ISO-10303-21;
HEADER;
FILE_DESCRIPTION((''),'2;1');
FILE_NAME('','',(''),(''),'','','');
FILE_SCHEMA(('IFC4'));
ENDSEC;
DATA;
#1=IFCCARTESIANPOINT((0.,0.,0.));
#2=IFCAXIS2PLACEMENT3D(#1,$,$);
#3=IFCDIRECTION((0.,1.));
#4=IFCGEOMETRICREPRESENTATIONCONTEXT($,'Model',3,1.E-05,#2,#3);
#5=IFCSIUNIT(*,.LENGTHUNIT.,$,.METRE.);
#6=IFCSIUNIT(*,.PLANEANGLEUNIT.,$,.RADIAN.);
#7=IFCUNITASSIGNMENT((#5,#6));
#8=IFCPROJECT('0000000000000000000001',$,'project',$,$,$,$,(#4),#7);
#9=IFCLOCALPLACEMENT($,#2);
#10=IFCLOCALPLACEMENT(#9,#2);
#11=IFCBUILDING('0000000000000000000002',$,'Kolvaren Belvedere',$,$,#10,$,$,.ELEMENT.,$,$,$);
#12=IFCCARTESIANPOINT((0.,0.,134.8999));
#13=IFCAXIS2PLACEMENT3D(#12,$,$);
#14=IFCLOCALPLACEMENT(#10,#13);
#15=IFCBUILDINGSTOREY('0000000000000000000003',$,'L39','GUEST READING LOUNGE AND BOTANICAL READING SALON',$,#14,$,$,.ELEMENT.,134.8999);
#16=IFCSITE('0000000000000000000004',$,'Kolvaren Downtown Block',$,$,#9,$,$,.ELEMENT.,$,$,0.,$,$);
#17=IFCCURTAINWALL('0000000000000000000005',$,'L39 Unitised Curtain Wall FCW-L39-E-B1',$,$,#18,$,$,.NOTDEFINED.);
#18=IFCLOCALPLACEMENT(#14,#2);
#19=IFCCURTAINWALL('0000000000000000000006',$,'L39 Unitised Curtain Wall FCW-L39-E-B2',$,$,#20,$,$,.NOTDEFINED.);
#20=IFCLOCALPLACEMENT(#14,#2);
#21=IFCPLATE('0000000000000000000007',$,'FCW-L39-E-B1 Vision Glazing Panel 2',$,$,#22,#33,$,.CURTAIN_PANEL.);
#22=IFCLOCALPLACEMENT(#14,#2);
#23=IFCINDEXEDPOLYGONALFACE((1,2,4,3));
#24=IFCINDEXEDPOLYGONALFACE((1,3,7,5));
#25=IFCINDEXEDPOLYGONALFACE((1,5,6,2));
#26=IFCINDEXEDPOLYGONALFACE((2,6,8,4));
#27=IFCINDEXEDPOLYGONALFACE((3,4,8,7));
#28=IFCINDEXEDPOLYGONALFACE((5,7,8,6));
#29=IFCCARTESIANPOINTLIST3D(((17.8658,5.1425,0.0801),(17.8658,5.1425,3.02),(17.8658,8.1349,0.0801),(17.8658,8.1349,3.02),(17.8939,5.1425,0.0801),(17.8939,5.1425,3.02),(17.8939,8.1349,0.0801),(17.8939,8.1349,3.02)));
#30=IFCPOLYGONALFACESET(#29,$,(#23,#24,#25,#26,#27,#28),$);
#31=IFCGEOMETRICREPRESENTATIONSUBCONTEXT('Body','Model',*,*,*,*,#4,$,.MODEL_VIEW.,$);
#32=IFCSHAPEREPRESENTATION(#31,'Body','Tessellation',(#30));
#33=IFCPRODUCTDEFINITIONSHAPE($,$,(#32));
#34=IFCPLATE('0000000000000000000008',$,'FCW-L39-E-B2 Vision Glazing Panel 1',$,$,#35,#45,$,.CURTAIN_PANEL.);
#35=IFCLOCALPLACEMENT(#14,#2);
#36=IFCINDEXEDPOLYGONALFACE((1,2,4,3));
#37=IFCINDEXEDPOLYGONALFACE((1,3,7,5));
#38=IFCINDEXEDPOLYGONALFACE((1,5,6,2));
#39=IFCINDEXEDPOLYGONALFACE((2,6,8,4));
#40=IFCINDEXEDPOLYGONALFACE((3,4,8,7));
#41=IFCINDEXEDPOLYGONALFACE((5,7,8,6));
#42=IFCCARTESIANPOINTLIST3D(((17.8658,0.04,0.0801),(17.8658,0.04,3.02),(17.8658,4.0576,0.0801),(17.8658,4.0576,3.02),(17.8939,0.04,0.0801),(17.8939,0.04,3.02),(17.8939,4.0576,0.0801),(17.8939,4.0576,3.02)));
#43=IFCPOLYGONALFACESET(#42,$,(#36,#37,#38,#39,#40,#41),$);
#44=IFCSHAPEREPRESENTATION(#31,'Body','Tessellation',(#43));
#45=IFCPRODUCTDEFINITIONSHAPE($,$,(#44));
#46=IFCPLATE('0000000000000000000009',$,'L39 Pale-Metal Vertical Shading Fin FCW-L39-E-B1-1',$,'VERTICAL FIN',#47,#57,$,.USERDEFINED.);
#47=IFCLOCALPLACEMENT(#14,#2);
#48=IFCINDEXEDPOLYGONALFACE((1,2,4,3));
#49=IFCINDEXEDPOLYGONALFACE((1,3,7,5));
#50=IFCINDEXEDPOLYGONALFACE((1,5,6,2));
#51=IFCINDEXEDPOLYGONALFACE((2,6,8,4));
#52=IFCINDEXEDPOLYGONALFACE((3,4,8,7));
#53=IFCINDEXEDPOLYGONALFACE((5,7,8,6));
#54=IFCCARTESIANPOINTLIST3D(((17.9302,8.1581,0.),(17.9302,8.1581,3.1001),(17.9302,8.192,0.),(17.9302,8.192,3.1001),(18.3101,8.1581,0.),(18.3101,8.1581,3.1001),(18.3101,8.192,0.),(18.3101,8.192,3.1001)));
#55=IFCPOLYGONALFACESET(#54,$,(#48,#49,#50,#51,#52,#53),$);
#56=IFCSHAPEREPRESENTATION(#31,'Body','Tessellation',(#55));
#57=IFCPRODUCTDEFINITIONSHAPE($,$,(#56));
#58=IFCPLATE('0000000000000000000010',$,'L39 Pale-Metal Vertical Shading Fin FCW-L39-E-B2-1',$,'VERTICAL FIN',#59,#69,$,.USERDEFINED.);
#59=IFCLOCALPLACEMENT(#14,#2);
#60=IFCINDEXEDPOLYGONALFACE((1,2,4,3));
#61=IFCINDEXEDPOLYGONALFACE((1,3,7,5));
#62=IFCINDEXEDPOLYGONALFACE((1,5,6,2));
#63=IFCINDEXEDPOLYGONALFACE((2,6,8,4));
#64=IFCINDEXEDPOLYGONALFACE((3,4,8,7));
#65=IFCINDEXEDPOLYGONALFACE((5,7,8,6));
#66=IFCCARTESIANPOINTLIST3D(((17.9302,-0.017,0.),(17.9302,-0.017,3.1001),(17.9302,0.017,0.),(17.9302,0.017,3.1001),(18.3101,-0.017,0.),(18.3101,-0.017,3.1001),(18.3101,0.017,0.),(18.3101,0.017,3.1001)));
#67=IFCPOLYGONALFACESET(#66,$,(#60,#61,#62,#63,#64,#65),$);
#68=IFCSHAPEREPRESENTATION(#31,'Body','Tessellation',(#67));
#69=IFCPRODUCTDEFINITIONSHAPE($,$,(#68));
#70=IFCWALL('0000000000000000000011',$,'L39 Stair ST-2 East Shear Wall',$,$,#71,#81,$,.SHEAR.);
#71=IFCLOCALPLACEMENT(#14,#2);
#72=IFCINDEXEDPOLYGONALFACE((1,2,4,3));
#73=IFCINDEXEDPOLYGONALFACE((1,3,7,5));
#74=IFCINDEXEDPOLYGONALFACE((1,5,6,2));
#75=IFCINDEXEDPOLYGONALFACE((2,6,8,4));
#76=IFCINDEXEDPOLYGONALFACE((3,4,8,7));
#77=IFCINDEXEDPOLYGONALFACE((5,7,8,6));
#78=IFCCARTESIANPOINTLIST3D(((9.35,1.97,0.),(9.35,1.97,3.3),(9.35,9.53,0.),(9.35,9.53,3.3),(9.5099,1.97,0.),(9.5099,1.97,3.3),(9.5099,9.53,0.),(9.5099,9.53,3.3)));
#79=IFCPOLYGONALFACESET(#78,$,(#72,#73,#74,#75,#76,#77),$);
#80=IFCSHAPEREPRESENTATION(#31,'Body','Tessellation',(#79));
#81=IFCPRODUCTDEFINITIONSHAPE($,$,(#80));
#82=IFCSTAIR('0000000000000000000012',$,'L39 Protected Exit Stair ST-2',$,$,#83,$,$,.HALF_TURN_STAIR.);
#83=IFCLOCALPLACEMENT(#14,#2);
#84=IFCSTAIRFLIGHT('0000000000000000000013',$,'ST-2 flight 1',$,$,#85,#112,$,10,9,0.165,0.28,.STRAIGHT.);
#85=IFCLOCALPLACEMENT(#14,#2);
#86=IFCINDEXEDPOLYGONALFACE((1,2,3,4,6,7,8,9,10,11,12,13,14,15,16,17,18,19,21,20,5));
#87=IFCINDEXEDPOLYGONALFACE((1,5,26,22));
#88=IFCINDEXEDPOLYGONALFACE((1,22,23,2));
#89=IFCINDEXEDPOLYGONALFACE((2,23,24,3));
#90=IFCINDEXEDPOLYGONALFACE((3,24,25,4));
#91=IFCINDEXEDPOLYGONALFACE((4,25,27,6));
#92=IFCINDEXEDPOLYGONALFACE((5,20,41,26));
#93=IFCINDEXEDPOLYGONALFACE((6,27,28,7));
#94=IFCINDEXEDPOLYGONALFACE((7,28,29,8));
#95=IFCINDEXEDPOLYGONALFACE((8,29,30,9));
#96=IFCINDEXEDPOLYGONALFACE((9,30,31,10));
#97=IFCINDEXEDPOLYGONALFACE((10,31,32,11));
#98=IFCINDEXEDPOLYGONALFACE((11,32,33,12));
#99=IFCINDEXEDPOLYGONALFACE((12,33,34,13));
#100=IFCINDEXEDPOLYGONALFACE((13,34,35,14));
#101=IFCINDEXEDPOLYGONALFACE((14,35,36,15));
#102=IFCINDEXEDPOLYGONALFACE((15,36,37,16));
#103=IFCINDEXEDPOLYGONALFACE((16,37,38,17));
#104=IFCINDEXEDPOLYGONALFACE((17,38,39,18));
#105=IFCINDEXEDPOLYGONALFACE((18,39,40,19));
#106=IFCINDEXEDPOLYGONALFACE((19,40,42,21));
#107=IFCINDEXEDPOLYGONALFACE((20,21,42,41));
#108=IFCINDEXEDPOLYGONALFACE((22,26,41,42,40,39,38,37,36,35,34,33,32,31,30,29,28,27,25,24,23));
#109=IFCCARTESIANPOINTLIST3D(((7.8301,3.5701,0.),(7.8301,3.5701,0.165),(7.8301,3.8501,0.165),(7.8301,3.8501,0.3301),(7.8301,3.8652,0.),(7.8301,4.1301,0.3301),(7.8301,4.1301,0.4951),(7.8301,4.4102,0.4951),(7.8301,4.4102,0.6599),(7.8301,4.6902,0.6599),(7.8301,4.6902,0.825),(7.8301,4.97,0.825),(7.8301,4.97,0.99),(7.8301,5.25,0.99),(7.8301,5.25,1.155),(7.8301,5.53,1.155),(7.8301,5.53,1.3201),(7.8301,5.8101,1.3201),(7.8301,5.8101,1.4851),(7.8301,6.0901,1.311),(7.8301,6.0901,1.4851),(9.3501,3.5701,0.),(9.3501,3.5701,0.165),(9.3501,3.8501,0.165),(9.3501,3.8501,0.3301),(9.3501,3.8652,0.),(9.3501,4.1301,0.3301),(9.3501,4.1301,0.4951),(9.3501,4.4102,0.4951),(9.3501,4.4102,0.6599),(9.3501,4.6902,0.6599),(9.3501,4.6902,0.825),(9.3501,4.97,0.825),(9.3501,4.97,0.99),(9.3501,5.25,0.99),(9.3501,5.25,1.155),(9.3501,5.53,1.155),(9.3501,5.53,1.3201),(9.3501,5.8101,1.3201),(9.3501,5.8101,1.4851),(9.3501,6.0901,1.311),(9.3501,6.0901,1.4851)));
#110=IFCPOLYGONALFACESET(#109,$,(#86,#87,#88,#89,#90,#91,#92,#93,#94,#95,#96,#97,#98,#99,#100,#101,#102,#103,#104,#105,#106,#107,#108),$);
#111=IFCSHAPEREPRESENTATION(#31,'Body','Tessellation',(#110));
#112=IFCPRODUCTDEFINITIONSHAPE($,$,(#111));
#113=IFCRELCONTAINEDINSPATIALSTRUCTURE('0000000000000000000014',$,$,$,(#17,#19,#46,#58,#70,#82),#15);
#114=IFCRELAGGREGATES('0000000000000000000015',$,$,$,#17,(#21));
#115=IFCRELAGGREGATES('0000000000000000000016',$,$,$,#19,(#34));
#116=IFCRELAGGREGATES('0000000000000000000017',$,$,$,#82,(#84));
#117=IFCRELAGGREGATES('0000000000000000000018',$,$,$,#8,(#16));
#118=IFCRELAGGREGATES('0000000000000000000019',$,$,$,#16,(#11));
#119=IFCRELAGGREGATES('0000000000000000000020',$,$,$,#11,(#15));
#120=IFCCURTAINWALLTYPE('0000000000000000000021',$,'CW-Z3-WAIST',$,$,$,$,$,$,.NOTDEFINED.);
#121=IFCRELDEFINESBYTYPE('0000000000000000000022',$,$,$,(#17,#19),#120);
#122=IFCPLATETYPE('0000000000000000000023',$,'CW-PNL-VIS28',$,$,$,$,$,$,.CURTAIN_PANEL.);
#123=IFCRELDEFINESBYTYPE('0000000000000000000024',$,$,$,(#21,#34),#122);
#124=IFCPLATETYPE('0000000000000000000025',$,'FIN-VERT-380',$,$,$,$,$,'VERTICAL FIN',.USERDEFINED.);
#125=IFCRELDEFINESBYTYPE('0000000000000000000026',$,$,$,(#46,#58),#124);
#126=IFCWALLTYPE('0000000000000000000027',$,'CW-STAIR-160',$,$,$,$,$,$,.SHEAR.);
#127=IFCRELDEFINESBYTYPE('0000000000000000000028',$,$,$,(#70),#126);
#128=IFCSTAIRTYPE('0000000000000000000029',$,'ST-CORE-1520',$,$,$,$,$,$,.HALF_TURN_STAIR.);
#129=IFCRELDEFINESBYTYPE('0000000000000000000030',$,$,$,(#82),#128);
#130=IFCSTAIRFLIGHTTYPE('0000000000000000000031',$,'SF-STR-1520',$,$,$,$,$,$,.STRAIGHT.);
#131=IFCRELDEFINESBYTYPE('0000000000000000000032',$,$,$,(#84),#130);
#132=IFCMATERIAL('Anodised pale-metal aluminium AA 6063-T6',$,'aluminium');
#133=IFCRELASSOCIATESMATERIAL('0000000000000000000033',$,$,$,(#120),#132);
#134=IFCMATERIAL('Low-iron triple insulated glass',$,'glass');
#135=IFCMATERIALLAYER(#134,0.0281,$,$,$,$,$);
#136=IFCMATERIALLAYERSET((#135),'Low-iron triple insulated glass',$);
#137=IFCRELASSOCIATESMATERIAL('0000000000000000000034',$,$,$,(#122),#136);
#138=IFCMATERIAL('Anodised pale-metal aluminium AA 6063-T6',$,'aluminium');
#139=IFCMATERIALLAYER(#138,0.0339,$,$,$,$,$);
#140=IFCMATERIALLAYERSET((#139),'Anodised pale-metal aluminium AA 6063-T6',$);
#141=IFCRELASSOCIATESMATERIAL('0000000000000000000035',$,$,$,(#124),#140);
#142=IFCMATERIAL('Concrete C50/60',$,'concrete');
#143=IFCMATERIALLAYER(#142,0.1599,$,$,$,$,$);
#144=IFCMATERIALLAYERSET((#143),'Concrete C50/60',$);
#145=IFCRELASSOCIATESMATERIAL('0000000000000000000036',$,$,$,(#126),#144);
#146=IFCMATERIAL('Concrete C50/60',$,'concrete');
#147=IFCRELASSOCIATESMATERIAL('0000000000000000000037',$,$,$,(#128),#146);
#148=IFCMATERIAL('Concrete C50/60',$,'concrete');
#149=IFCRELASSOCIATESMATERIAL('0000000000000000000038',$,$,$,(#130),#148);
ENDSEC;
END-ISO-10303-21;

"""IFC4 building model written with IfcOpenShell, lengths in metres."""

from ifc_helpers import new_model, si_unit, direction, frame, frame_2d, origin, origin_2d, place, context, subcontext, project, spatial, polyline, rectangle, outline, extrude, material, layer, layer_set, type_object, element, aggregate, save


model = new_model("IFC4")

# Units and contexts
model_context = context("Model", 3, precision=1e-05, world=origin(), true_north=direction((0.0, 1.0)))
body_context = subcontext(model_context, "Body", "Model", "MODEL_VIEW")
ifc_project = project(units=[si_unit("LENGTHUNIT", "METRE"), si_unit("PLANEANGLEUNIT", "RADIAN")], contexts=[model_context])

# Site, building, storey
site_placement = place(None, origin())
site = spatial("IfcSite", under=ifc_project, at=site_placement, Name="Kolvaren Downtown Block", CompositionType="ELEMENT", RefElevation=0.0)
building_placement = place(site_placement, origin())
building = spatial("IfcBuilding", under=site, at=building_placement, Name="Kolvaren Belvedere", CompositionType="ELEMENT")
storey_placement = place(building_placement, frame((0.0, 0.0, 134.8999)))
storey = spatial("IfcBuildingStorey", under=building, at=storey_placement, Name="L39", Description="GUEST READING LOUNGE AND BOTANICAL READING SALON", CompositionType="ELEMENT", Elevation=134.8999)

# Curtain walls
ifc_material_1 = material(Name="Anodised pale-metal aluminium AA 6063-T6", Category="aluminium")
curtain_wall_type = type_object("IfcCurtainWallType", Name="CW-Z3-WAIST", PredefinedType="NOTDEFINED", material=ifc_material_1)
curtain_wall_1_placement = place(storey_placement, origin())
curtain_wall_1 = element("IfcCurtainWall", 1, at=curtain_wall_1_placement, inside=storey, type_object=curtain_wall_type, Name="L39 Unitised Curtain Wall FCW-L39-E-B1", PredefinedType="NOTDEFINED")
curtain_wall_2_placement = place(storey_placement, origin())
curtain_wall_2 = element("IfcCurtainWall", 2, at=curtain_wall_2_placement, inside=storey, type_object=curtain_wall_type, Name="L39 Unitised Curtain Wall FCW-L39-E-B2", PredefinedType="NOTDEFINED")

# Plates
ifc_material_2 = material(Name="Low-iron triple insulated glass", Category="glass")
ifc_layer_1 = layer(ifc_material_2, 0.0281)
ifc_layer_set_1 = layer_set([ifc_layer_1], Name="Low-iron triple insulated glass")
plate_type_1 = type_object("IfcPlateType", Name="CW-PNL-VIS28", PredefinedType="CURTAIN_PANEL", material=ifc_layer_set_1)
plate_1_placement = place(storey_placement, frame((17.8799, 6.6387, 0.0801), z_axis=(0.0, 0.0, 1.0), x_axis=(0.0, -1.0, 0.0)))
plate_1 = element("IfcPlate", 3, at=plate_1_placement, type_object=plate_type_1, Name="FCW-L39-E-B1 Vision Glazing Panel 2", PredefinedType="CURTAIN_PANEL", context=body_context, shape_type="SweptSolid", body=[
    extrude(rectangle(XDim=2.9924, YDim=0.0281, at=origin_2d()), origin(), (0.0, 0.0, 1.0), 2.9399),
])
aggregate(curtain_wall_1, [plate_1])
plate_2_placement = place(storey_placement, frame((17.8799, 2.0488, 0.0801), z_axis=(0.0, 0.0, 1.0), x_axis=(0.0, -1.0, 0.0)))
plate_2 = element("IfcPlate", 4, at=plate_2_placement, type_object=plate_type_1, Name="FCW-L39-E-B2 Vision Glazing Panel 1", PredefinedType="CURTAIN_PANEL", context=body_context, shape_type="SweptSolid", body=[
    extrude(rectangle(XDim=4.0176, YDim=0.0281, at=origin_2d()), origin(), (0.0, 0.0, 1.0), 2.9399),
])
aggregate(curtain_wall_2, [plate_2])

# Plates
ifc_material_3 = material(Name="Anodised pale-metal aluminium AA 6063-T6", Category="aluminium")
ifc_layer_2 = layer(ifc_material_3, 0.0339)
ifc_layer_set_2 = layer_set([ifc_layer_2], Name="Anodised pale-metal aluminium AA 6063-T6")
plate_type_2 = type_object("IfcPlateType", Name="FIN-VERT-380", ElementType="VERTICAL FIN", PredefinedType="USERDEFINED", material=ifc_layer_set_2)
for number, where, z_axis, x_axis, name in (
    (5, (18.1201, 8.175, 0.0), (0.0, 0.0, 1.0), (1.0, 0.0, 0.0), "L39 Pale-Metal Vertical Shading Fin FCW-L39-E-B1-1"),
    (6, (18.1201, 0.0, 0.0), (0.0, 0.0, 1.0), (1.0, 0.0, 0.0), "L39 Pale-Metal Vertical Shading Fin FCW-L39-E-B2-1"),
):
    element("IfcPlate", number, at=place(storey_placement, frame(where, z_axis=z_axis, x_axis=x_axis)), inside=storey, type_object=plate_type_2, Name=name, ObjectType="VERTICAL FIN", PredefinedType="USERDEFINED", context=body_context, shape_type="SweptSolid", body=[
        extrude(rectangle(XDim=0.3799, YDim=0.0339, at=origin_2d()), origin(), (0.0, 0.0, 1.0), 3.1001),
    ])

# Wall
ifc_material_4 = material(Name="Concrete C50/60", Category="concrete")
ifc_layer_3 = layer(ifc_material_4, 0.1599)
ifc_layer_set_3 = layer_set([ifc_layer_3], Name="Concrete C50/60")
wall_type = type_object("IfcWallType", Name="CW-STAIR-160", PredefinedType="SHEAR", material=ifc_layer_set_3)
wall_placement = place(storey_placement, frame((9.4299, 1.97, 0.0), z_axis=(0.0, 0.0, 1.0), x_axis=(0.0, 1.0, 0.0)))
element("IfcWall", 7, at=wall_placement, inside=storey, type_object=wall_type, Name="L39 Stair ST-2 East Shear Wall", PredefinedType="SHEAR", context=body_context, shape_type="SweptSolid", body=[
    extrude(rectangle(XDim=7.5601, YDim=0.1599, at=frame_2d((3.78, 0.0))), origin(), (0.0, 0.0, 1.0), 3.3),
])

# Stair, stair flight
ifc_material_5 = material(Name="Concrete C50/60", Category="concrete")
stair_type = type_object("IfcStairType", Name="ST-CORE-1520", PredefinedType="HALF_TURN_STAIR", material=ifc_material_5)
stair_placement = place(storey_placement, origin())
stair = element("IfcStair", 8, at=stair_placement, inside=storey, type_object=stair_type, Name="L39 Protected Exit Stair ST-2", PredefinedType="HALF_TURN_STAIR")
ifc_material_6 = material(Name="Concrete C50/60", Category="concrete")
stair_flight_type = type_object("IfcStairFlightType", Name="SF-STR-1520", PredefinedType="STRAIGHT", material=ifc_material_6)
stair_flight_placement = place(storey_placement, frame((8.5901, 3.5701, 0.0), z_axis=(0.0, 0.0, 1.0), x_axis=(0.0, 1.0, 0.0)))
stair_flight = element("IfcStairFlight", 9, at=stair_flight_placement, type_object=stair_flight_type, Name="ST-2 flight 1", NumberOfRisers=10, NumberOfTreads=9, PredefinedType="STRAIGHT", RiserHeight=0.165, TreadLength=0.28, context=body_context, shape_type="SweptSolid", body=[
    extrude(outline(polyline([(0.0, 0.0), (0.0, 0.165), (0.28, 0.165), (0.28, 0.3301), (0.5601, 0.3301), (0.5601, 0.4951), (0.8401, 0.4951), (0.8401, 0.6599), (1.1201, 0.6599), (1.1201, 0.825), (1.3999, 0.825), (1.3999, 0.99), (1.6799, 0.99), (1.6799, 1.155), (1.96, 1.155), (1.96, 1.3201), (2.24, 1.3201), (2.24, 1.4851), (2.52, 1.4851), (2.52, 1.6499), (2.52, 1.311), (0.2952, 0.0), (0.0, 0.0)])), frame((0.0, 0.76, 0.0), z_axis=(0.0, -1.0, 0.0), x_axis=(1.0, 0.0, 0.0)), (0.0, 0.0, 1.0), 1.52),
])
aggregate(stair, [stair_flight])

save(model, "model.ifc")
